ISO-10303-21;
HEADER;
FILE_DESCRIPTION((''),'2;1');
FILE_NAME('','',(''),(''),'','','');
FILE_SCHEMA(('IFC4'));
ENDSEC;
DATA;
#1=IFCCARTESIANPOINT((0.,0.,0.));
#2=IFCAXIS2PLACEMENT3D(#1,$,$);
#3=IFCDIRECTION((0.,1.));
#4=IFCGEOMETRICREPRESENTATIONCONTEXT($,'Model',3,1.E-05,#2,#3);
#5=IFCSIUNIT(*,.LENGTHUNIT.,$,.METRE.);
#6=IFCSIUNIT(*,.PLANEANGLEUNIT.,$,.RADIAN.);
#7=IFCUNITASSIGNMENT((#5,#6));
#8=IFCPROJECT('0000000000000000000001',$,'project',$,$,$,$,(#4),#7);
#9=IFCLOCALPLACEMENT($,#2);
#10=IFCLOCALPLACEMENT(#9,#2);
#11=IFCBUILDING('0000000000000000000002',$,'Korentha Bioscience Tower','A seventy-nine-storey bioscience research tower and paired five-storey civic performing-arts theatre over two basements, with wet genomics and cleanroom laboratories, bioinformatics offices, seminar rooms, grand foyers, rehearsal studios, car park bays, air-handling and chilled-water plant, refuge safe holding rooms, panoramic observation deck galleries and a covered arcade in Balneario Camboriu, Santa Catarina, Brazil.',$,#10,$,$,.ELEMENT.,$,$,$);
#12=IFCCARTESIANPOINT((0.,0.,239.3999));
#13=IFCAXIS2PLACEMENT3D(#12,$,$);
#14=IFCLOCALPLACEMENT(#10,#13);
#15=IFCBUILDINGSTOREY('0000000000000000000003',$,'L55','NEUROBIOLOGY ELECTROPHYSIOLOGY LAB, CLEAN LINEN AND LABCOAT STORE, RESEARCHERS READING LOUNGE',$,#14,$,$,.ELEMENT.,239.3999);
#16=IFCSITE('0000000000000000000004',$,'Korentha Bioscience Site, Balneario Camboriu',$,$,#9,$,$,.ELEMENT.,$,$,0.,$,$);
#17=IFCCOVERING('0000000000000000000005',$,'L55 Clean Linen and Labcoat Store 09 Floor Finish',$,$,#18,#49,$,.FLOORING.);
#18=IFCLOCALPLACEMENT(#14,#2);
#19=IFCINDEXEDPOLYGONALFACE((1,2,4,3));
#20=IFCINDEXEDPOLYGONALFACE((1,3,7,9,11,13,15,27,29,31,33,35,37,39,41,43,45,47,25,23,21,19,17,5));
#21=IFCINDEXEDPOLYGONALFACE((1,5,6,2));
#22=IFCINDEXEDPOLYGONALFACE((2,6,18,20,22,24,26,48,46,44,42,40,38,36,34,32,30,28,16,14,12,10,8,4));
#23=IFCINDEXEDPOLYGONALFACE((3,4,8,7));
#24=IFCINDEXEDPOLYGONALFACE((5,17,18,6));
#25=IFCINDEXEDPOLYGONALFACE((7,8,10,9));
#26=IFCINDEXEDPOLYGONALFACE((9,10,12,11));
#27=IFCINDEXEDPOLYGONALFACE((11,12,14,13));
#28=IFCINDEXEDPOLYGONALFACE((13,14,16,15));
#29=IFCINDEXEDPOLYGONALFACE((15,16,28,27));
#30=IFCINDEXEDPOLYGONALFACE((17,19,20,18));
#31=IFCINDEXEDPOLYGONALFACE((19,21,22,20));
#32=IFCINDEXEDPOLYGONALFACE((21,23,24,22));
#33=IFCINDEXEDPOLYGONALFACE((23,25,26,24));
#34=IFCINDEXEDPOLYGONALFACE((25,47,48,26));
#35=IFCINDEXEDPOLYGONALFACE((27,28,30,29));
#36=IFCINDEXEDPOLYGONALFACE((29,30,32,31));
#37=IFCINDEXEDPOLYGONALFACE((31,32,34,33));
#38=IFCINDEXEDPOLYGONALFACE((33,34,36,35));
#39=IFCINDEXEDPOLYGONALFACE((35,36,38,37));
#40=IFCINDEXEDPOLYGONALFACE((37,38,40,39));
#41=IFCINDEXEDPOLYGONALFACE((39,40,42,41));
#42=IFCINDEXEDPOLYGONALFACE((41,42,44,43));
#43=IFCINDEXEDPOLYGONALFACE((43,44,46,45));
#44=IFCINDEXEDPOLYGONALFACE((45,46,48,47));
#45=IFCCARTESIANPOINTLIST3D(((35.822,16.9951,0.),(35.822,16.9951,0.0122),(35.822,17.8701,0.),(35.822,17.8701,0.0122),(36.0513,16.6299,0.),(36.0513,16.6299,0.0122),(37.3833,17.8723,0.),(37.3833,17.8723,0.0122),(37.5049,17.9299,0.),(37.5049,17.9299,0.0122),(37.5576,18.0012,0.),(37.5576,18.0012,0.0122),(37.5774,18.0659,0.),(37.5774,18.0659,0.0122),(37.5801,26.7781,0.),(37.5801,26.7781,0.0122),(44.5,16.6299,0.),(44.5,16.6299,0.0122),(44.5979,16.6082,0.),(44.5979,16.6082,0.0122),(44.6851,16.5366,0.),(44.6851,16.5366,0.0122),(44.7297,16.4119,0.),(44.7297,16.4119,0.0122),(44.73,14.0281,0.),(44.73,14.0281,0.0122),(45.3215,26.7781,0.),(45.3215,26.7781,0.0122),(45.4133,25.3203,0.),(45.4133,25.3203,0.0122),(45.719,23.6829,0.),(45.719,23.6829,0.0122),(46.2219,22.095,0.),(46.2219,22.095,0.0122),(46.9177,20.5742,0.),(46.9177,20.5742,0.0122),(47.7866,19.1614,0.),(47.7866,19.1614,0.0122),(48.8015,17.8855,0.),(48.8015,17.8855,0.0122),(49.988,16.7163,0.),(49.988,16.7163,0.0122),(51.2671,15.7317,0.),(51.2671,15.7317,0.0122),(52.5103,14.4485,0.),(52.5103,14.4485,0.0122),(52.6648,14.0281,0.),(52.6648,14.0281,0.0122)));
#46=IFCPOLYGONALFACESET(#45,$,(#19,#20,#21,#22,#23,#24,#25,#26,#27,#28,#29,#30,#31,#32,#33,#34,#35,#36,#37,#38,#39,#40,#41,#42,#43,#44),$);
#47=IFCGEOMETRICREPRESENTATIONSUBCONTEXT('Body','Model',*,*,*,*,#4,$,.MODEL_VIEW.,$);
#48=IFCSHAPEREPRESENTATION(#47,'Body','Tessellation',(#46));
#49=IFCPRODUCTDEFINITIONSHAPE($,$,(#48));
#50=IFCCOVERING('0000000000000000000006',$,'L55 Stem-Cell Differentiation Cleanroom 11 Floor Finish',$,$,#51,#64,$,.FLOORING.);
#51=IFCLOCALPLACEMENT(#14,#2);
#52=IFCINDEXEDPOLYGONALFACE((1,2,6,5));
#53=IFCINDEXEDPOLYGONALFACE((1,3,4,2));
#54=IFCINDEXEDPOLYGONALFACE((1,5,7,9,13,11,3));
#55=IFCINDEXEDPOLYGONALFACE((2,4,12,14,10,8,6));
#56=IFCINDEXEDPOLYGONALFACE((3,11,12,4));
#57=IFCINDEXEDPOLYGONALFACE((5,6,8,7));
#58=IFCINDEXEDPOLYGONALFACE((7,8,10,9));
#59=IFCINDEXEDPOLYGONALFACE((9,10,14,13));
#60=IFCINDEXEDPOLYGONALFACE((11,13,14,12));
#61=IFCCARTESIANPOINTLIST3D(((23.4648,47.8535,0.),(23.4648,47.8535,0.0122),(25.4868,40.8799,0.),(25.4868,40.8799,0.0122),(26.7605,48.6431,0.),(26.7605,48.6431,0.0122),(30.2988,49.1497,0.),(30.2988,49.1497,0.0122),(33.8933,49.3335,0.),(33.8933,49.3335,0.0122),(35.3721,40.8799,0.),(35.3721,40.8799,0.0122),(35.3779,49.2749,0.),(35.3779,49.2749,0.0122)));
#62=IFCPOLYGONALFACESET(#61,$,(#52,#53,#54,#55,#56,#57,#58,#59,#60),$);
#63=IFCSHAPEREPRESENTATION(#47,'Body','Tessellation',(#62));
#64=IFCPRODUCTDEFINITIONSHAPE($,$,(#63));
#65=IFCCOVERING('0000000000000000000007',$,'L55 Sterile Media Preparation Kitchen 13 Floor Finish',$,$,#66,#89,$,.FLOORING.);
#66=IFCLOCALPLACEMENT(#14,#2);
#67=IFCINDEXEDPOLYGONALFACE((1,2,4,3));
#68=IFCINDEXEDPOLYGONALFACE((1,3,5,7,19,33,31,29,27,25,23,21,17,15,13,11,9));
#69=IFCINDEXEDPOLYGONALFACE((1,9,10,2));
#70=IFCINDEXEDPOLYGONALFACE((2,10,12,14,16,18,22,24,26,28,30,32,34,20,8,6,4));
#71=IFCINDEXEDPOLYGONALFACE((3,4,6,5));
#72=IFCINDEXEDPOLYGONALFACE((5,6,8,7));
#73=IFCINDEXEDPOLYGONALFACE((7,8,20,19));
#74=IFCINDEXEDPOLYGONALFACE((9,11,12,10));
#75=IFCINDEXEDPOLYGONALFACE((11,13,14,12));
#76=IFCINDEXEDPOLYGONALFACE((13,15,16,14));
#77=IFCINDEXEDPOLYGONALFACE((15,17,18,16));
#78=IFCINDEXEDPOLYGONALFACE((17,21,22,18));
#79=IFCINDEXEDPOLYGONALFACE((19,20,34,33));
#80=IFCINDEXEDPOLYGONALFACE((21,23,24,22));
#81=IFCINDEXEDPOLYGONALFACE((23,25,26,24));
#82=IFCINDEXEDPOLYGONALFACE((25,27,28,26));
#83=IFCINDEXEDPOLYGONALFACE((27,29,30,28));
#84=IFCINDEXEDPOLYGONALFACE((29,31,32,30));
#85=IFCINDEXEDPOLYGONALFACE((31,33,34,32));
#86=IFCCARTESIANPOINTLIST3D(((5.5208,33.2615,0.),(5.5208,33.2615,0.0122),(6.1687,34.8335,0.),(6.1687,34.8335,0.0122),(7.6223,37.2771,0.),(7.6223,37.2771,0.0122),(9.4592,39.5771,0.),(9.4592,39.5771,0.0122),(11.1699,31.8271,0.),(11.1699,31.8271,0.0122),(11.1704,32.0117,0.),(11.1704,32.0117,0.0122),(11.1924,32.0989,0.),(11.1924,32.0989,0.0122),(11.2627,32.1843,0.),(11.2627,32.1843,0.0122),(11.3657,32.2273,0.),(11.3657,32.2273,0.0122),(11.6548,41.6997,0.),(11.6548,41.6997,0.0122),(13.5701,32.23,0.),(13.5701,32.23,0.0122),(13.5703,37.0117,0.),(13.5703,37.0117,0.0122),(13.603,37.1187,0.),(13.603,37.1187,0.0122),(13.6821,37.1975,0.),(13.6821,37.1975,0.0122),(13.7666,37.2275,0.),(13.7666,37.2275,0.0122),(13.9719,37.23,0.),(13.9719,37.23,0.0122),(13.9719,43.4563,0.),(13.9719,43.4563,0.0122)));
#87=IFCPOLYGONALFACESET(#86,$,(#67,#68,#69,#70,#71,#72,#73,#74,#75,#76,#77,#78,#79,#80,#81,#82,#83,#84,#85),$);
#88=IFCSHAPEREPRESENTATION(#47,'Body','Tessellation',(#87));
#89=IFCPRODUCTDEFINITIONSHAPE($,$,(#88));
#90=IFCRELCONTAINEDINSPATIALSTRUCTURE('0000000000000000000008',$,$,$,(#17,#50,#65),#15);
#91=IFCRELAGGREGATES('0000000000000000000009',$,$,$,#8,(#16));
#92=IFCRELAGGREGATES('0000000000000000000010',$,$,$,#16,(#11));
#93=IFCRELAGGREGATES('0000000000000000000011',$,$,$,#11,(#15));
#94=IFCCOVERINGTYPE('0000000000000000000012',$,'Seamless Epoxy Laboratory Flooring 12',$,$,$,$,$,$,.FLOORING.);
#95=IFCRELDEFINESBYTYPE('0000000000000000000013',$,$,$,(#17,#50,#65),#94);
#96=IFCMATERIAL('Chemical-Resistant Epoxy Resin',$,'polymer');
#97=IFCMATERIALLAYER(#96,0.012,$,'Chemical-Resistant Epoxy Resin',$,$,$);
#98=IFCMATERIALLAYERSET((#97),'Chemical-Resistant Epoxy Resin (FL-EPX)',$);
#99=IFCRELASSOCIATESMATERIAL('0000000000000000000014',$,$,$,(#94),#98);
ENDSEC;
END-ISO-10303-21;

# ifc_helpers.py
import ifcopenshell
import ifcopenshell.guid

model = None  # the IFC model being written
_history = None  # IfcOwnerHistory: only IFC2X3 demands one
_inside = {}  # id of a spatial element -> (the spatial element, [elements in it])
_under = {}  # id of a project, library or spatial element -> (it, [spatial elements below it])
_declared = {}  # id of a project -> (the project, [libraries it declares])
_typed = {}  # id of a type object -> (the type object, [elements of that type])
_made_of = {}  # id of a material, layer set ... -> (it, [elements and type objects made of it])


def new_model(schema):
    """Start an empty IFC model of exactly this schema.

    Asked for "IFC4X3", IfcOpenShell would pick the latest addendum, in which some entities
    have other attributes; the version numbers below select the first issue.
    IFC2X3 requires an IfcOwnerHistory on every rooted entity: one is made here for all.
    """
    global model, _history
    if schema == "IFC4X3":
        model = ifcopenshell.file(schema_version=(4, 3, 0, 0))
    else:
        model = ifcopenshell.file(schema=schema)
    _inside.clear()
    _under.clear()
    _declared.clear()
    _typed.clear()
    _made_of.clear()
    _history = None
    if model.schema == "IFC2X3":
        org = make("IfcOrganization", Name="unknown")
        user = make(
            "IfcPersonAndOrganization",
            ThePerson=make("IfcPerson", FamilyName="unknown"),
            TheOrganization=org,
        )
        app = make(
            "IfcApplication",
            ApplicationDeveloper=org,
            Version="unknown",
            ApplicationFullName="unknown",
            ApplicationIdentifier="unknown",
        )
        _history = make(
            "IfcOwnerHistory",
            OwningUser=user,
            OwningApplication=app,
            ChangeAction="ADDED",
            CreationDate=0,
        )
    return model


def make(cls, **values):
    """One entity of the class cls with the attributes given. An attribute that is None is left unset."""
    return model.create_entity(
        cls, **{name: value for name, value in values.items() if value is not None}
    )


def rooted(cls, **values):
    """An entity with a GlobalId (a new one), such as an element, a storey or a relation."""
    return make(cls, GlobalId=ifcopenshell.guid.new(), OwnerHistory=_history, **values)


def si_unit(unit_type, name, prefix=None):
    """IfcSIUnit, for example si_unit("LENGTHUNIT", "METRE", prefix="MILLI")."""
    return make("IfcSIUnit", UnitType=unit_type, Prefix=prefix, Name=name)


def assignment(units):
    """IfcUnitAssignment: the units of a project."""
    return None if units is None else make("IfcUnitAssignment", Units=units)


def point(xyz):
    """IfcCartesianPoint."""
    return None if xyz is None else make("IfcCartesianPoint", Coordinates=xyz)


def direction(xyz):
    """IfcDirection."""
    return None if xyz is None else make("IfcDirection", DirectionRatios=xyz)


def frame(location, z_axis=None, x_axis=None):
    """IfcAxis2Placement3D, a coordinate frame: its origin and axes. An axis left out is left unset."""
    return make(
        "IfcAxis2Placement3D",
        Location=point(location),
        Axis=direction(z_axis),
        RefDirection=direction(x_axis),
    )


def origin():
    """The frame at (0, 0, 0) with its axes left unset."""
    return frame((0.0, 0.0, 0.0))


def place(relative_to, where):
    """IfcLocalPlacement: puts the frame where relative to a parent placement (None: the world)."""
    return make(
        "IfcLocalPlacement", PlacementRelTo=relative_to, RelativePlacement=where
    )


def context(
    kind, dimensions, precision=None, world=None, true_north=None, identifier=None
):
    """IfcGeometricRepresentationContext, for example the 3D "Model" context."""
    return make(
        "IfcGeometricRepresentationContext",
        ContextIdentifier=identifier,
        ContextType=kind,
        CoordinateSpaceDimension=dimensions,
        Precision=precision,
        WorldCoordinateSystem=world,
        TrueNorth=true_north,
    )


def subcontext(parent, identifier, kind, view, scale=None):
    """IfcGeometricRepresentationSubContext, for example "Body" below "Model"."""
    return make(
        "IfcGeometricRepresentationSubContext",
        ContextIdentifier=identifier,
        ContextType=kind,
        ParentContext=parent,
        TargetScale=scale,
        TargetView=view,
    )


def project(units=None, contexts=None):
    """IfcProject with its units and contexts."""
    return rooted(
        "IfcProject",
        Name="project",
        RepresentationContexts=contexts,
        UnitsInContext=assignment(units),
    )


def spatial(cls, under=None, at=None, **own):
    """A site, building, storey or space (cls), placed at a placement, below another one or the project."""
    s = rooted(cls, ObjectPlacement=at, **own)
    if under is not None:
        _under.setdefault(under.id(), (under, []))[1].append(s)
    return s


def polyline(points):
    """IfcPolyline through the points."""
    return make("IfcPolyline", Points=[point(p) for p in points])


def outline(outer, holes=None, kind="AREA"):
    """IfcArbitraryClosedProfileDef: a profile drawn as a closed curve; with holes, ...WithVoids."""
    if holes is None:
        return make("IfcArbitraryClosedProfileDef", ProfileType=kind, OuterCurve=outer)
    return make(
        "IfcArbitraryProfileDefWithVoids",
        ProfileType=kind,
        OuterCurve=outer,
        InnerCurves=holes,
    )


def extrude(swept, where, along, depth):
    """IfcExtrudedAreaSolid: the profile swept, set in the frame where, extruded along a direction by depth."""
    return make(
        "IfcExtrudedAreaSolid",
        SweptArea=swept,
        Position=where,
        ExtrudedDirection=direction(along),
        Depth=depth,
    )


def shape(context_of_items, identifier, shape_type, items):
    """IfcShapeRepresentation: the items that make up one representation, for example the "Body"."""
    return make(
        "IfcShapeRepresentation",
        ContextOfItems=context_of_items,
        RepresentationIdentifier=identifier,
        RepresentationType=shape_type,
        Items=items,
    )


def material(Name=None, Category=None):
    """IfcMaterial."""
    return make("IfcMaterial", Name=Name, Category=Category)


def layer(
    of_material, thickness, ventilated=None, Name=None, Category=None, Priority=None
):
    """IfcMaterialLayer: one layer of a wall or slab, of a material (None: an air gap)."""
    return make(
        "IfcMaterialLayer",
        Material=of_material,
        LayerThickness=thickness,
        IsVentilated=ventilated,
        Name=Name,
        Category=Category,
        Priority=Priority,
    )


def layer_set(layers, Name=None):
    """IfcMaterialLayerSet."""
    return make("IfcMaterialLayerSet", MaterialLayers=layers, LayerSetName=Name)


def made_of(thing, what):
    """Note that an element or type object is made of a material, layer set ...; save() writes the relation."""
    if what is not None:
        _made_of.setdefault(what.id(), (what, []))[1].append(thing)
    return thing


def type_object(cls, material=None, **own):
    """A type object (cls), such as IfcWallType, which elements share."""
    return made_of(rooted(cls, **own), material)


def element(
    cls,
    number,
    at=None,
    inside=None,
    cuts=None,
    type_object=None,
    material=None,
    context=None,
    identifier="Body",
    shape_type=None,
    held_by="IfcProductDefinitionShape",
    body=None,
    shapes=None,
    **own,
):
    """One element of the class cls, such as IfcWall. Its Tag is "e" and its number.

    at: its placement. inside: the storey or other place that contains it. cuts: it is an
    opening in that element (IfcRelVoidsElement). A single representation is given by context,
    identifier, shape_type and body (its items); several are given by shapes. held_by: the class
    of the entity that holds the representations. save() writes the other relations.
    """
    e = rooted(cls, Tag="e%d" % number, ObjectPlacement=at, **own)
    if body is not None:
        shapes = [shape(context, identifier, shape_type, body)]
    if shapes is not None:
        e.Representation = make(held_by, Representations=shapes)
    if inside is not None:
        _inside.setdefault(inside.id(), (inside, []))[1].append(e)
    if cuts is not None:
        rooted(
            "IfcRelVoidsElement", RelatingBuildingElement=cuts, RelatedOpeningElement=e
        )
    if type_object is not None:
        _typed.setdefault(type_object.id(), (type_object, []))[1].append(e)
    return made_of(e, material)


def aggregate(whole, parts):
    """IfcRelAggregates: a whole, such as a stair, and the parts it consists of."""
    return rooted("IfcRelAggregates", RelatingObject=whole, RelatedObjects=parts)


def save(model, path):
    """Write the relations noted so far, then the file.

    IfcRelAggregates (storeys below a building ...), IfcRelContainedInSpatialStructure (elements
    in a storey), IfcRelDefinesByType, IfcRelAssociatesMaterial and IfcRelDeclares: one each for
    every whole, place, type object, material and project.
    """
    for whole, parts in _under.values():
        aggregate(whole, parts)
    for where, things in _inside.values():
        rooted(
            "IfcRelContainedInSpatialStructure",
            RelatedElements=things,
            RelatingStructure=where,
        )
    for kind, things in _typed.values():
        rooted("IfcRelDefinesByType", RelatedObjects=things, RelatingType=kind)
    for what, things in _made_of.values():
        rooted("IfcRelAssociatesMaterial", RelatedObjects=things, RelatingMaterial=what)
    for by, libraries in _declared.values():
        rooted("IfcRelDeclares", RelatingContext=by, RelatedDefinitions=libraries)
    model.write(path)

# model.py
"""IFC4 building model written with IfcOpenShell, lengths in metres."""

from ifc_helpers import new_model, si_unit, direction, frame, origin, place, context, subcontext, project, spatial, polyline, outline, extrude, material, layer, layer_set, type_object, element, save


model = new_model("IFC4")

# Units and contexts
model_context = context("Model", 3, precision=1e-05, world=origin(), true_north=direction((0.0, 1.0)))
body_context = subcontext(model_context, "Body", "Model", "MODEL_VIEW")
ifc_project = project(units=[si_unit("LENGTHUNIT", "METRE"), si_unit("PLANEANGLEUNIT", "RADIAN")], contexts=[model_context])

# Site, building, storey
site_placement = place(None, origin())
site = spatial("IfcSite", under=ifc_project, at=site_placement, Name="Korentha Bioscience Site, Balneario Camboriu", CompositionType="ELEMENT", RefElevation=0.0)
building_placement = place(site_placement, origin())
building = spatial("IfcBuilding", under=site, at=building_placement, Name="Korentha Bioscience Tower", Description="A seventy-nine-storey bioscience research tower and paired five-storey civic performing-arts theatre over two basements, with wet genomics and cleanroom laboratories, bioinformatics offices, seminar rooms, grand foyers, rehearsal studios, car park bays, air-handling and chilled-water plant, refuge safe holding rooms, panoramic observation deck galleries and a covered arcade in Balneario Camboriu, Santa Catarina, Brazil.", CompositionType="ELEMENT")
storey_placement = place(building_placement, frame((0.0, 0.0, 239.3999)))
storey = spatial("IfcBuildingStorey", under=building, at=storey_placement, Name="L55", Description="NEUROBIOLOGY ELECTROPHYSIOLOGY LAB, CLEAN LINEN AND LABCOAT STORE, RESEARCHERS READING LOUNGE", CompositionType="ELEMENT", Elevation=239.3999)

# Coverings
ifc_material_1 = material(Name="Chemical-Resistant Epoxy Resin", Category="polymer")
ifc_layer_1 = layer(ifc_material_1, 0.012, Name="Chemical-Resistant Epoxy Resin")
ifc_layer_set_1 = layer_set([ifc_layer_1], Name="Chemical-Resistant Epoxy Resin (FL-EPX)")
covering_type_1 = type_object("IfcCoveringType", Name="Seamless Epoxy Laboratory Flooring 12", PredefinedType="FLOORING", material=ifc_layer_set_1)
covering_1_placement = place(storey_placement, origin())
element("IfcCovering", 1, at=covering_1_placement, inside=storey, type_object=covering_type_1, Name="L55 Clean Linen and Labcoat Store 09 Floor Finish", PredefinedType="FLOORING", context=body_context, shape_type="SweptSolid", body=[
    extrude(outline(polyline([(35.822, 17.8701), (37.3833, 17.8723), (37.5049, 17.9299), (37.5576, 18.0012), (37.5774, 18.0659), (37.5801, 26.7781), (45.3215, 26.7781), (45.4133, 25.3203), (45.719, 23.6829), (46.2219, 22.095), (46.9177, 20.5742), (47.7866, 19.1614), (48.8015, 17.8855), (49.988, 16.7163), (51.2671, 15.7317), (52.5103, 14.4485), (52.6648, 14.0281), (44.73, 14.0281), (44.7297, 16.4119), (44.6851, 16.5366), (44.5979, 16.6082), (44.5, 16.6299), (36.0513, 16.6299), (35.822, 16.9951), (35.822, 17.8701)])), origin(), (0.0, 0.0, 1.0), 0.0122),
])
covering_2_placement = place(storey_placement, origin())
element("IfcCovering", 2, at=covering_2_placement, inside=storey, type_object=covering_type_1, Name="L55 Stem-Cell Differentiation Cleanroom 11 Floor Finish", PredefinedType="FLOORING", context=body_context, shape_type="SweptSolid", body=[
    extrude(outline(polyline([(26.7605, 48.6431), (30.2988, 49.1497), (33.8933, 49.3335), (35.3779, 49.2749), (35.3721, 40.8799), (25.4868, 40.8799), (23.4648, 47.8535), (26.7605, 48.6431)])), origin(), (0.0, 0.0, 1.0), 0.0122),
])
covering_3_placement = place(storey_placement, origin())
element("IfcCovering", 3, at=covering_3_placement, inside=storey, type_object=covering_type_1, Name="L55 Sterile Media Preparation Kitchen 13 Floor Finish", PredefinedType="FLOORING", context=body_context, shape_type="SweptSolid", body=[
    extrude(outline(polyline([(6.1687, 34.8335), (7.6223, 37.2771), (9.4592, 39.5771), (11.6548, 41.6997), (13.9719, 43.4563), (13.9719, 37.23), (13.7666, 37.2275), (13.6821, 37.1975), (13.603, 37.1187), (13.5703, 37.0117), (13.5701, 32.23), (11.3657, 32.2273), (11.2627, 32.1843), (11.1924, 32.0989), (11.1704, 32.0117), (11.1699, 31.8271), (5.5208, 33.2615), (6.1687, 34.8335)])), origin(), (0.0, 0.0, 1.0), 0.0122),
])

save(model, "model.ifc")
